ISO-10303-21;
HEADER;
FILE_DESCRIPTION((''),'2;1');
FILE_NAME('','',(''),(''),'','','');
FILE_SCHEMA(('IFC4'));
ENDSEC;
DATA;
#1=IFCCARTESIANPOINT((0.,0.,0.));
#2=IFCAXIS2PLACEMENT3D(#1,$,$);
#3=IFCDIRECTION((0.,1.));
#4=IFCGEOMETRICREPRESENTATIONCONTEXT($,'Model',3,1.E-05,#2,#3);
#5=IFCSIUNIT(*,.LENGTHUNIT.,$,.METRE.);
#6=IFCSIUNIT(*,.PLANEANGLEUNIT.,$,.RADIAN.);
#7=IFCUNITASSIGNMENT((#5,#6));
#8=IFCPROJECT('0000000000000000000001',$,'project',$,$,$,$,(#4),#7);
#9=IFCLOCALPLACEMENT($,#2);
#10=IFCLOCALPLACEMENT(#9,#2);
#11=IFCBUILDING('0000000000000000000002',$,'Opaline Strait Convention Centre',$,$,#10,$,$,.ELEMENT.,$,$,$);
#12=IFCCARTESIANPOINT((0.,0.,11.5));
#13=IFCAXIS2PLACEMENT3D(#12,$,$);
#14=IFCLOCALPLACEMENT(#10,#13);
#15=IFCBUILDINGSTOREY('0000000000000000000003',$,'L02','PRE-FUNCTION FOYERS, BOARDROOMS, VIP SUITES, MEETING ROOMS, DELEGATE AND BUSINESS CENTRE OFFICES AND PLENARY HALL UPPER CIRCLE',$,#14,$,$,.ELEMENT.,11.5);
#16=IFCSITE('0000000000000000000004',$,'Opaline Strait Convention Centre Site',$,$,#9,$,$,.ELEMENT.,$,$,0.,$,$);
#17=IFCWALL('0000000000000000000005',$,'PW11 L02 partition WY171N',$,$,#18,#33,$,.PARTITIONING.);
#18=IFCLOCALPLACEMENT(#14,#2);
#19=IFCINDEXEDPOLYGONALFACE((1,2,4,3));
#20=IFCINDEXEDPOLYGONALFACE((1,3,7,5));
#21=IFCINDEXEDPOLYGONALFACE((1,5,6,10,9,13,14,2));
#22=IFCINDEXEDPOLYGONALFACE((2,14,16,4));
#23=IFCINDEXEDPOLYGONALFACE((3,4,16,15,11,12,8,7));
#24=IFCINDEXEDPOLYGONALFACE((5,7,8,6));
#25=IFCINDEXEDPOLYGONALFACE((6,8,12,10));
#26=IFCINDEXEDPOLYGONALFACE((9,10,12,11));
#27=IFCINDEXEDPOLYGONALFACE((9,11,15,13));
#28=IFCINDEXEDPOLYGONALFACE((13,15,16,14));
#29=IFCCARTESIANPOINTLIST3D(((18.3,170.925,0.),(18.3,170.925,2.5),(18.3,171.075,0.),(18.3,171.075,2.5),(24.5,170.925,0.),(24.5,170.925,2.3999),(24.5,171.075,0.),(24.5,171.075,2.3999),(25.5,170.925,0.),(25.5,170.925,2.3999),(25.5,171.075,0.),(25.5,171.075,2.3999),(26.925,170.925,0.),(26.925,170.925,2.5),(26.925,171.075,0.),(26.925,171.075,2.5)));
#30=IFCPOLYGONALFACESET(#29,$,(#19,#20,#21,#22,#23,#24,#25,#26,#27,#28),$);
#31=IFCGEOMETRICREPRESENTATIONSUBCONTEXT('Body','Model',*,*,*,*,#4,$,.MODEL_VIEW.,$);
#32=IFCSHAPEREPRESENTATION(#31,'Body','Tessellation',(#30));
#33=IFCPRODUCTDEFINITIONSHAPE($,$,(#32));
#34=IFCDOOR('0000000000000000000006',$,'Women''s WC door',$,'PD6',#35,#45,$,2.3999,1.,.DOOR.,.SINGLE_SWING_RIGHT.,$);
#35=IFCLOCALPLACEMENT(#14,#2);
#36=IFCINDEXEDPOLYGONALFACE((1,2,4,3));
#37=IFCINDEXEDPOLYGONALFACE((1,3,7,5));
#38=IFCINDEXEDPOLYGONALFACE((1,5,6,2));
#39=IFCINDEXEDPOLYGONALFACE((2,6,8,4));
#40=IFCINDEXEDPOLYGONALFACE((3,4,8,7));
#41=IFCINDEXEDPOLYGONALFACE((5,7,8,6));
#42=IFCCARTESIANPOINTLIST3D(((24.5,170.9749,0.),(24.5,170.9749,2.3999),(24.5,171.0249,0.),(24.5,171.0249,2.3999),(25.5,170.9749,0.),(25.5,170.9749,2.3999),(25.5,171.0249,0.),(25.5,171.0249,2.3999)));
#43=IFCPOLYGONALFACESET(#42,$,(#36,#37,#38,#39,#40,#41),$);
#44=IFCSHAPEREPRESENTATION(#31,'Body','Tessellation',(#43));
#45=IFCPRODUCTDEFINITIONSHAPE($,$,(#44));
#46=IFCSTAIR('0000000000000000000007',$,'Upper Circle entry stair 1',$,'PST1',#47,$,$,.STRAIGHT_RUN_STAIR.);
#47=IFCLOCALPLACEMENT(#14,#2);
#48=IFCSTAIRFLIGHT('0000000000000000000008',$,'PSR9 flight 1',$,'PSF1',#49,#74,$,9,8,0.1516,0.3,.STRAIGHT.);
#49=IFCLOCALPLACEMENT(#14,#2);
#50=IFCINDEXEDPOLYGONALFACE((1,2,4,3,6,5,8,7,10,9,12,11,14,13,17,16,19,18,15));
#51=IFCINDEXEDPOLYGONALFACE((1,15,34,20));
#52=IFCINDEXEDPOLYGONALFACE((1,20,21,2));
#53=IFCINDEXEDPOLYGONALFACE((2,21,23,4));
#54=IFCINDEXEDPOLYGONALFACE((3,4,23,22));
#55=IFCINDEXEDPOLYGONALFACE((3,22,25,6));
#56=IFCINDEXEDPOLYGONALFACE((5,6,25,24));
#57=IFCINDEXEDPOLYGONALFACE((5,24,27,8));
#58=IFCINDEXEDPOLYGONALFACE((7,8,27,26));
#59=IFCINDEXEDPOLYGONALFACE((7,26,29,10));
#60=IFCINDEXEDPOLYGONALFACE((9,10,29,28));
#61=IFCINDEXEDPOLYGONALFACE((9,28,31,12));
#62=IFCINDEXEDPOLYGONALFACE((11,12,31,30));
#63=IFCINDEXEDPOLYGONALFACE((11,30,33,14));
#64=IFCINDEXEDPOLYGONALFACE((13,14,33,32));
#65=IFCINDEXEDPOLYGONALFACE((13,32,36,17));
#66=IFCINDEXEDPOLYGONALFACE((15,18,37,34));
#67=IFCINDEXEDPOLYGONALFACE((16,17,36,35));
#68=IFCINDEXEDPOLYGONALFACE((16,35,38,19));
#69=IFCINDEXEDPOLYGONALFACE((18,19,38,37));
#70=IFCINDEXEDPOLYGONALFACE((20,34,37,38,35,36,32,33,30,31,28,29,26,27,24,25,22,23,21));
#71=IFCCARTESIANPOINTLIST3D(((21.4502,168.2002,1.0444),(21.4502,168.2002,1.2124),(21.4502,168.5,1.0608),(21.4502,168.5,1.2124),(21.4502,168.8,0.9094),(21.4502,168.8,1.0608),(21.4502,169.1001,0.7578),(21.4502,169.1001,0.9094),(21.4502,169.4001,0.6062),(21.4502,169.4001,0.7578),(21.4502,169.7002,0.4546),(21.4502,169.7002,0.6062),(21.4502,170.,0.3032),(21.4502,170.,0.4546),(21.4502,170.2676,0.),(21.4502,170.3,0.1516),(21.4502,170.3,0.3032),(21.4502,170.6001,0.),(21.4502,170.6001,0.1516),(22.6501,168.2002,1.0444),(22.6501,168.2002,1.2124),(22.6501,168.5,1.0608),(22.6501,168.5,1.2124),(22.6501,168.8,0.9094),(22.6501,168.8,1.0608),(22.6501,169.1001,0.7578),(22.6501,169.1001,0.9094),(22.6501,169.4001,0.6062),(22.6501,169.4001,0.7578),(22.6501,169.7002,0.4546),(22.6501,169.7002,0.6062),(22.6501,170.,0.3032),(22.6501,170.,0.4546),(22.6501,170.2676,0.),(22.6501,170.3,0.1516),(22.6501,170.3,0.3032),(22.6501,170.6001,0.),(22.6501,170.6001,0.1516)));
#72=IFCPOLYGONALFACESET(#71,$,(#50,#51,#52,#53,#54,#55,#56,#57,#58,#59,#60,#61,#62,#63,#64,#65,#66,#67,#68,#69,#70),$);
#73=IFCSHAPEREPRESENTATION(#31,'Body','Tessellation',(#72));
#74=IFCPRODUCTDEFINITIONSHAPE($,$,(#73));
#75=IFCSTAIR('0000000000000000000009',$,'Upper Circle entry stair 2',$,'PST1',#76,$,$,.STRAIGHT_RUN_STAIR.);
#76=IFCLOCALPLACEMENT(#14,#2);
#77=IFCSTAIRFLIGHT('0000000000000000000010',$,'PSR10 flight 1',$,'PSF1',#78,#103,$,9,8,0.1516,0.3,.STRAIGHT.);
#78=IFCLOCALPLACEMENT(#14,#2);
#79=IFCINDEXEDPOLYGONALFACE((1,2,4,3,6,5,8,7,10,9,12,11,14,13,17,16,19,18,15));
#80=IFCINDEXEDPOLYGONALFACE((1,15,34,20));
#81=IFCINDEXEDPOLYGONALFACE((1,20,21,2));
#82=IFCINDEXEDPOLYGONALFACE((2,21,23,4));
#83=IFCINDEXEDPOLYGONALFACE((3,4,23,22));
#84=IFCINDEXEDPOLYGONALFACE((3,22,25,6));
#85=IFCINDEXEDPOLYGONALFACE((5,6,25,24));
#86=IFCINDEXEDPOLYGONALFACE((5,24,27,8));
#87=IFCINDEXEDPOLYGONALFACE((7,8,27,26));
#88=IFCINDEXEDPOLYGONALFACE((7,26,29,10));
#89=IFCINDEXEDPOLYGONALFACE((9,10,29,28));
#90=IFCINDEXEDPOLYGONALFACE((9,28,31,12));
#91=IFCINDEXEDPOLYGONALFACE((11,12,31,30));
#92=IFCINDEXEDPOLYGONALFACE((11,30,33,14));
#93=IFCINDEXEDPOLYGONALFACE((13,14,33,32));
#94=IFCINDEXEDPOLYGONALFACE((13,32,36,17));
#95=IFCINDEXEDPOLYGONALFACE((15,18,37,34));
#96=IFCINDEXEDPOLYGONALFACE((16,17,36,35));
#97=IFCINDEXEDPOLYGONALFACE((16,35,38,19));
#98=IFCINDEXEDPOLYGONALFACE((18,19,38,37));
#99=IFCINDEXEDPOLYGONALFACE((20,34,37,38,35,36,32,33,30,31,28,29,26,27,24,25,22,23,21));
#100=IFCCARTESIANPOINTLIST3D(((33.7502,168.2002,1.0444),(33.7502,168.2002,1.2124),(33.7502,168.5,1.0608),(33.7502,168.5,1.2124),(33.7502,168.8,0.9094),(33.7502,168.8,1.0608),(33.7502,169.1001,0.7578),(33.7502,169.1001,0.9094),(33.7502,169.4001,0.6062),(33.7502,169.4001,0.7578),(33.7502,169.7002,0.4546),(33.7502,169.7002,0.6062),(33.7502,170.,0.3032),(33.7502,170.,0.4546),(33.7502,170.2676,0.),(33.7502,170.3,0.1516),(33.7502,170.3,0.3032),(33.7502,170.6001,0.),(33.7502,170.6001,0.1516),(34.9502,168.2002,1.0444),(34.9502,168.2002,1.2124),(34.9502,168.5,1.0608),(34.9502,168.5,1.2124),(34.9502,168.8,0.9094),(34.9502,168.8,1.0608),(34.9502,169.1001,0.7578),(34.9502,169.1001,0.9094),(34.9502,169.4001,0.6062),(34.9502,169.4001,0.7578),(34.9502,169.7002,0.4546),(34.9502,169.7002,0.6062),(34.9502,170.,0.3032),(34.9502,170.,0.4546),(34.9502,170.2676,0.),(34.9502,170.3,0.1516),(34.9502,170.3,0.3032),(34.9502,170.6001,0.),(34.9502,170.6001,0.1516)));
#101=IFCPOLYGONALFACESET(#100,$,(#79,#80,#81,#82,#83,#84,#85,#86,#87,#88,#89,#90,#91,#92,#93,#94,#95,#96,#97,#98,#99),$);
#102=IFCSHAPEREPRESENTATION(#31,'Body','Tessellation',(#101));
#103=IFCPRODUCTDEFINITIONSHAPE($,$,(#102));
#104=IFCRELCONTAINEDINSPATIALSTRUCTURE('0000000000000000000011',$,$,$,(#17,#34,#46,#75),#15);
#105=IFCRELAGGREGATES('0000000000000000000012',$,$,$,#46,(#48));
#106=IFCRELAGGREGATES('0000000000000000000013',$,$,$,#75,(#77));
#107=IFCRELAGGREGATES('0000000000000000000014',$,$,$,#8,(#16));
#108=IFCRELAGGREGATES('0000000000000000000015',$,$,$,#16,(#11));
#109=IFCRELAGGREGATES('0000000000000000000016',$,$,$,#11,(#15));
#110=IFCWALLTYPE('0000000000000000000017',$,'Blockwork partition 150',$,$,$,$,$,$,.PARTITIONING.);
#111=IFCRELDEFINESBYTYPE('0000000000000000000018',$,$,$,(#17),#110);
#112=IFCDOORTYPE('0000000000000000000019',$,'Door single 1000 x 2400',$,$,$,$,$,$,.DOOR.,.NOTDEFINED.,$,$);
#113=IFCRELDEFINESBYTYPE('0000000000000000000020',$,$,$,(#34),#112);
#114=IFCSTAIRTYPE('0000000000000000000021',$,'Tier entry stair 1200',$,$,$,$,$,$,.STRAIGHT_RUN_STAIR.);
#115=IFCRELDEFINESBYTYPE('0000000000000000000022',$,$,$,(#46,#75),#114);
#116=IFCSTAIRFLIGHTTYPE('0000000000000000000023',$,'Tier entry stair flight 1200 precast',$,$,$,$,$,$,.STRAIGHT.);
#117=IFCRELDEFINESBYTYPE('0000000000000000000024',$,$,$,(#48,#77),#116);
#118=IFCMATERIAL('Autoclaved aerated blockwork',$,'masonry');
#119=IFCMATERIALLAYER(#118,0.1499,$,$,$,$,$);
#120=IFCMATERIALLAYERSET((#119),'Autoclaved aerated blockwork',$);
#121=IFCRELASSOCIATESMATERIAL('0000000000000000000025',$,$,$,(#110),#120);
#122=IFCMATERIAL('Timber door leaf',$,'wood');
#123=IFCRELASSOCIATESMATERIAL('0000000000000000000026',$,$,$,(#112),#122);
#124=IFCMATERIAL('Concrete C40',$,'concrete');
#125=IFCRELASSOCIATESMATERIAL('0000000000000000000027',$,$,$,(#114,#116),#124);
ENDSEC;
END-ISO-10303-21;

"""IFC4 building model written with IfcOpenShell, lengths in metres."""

from ifc_helpers import new_model, si_unit, direction, frame, frame_2d, origin, place, context, subcontext, project, spatial, polyline, rectangle, outline, extrude, material, layer, layer_set, type_object, element, fill, aggregate, save


model = new_model("IFC4")

# Units and contexts
model_context = context("Model", 3, precision=1e-05, world=origin(), true_north=direction((0.0, 1.0)))
body_context = subcontext(model_context, "Body", "Model", "MODEL_VIEW")
ifc_project = project(units=[si_unit("LENGTHUNIT", "METRE"), si_unit("PLANEANGLEUNIT", "RADIAN")], contexts=[model_context])

# Site, building, storey
site_placement = place(None, origin())
site = spatial("IfcSite", under=ifc_project, at=site_placement, Name="Opaline Strait Convention Centre Site", CompositionType="ELEMENT", RefElevation=0.0)
building_placement = place(site_placement, origin())
building = spatial("IfcBuilding", under=site, at=building_placement, Name="Opaline Strait Convention Centre", CompositionType="ELEMENT")
storey_placement = place(building_placement, frame((0.0, 0.0, 11.5)))
storey = spatial("IfcBuildingStorey", under=building, at=storey_placement, Name="L02", Description="PRE-FUNCTION FOYERS, BOARDROOMS, VIP SUITES, MEETING ROOMS, DELEGATE AND BUSINESS CENTRE OFFICES AND PLENARY HALL UPPER CIRCLE", CompositionType="ELEMENT", Elevation=11.5)

# Shared definitions
ifc_material_1 = material(Name="Timber door leaf", Category="wood")

# Wall, opening, door
ifc_material_2 = material(Name="Autoclaved aerated blockwork", Category="masonry")
ifc_layer_1 = layer(ifc_material_2, 0.1499)
ifc_layer_set_1 = layer_set([ifc_layer_1], Name="Autoclaved aerated blockwork")
wall_type_1 = type_object("IfcWallType", Name="Blockwork partition 150", PredefinedType="PARTITIONING", material=ifc_layer_set_1)
door_type_1 = type_object("IfcDoorType", Name="Door single 1000 x 2400", OperationType="NOTDEFINED", PredefinedType="DOOR", material=ifc_material_1)
wall_1_placement = place(storey_placement, frame((18.3, 171.0, 0.0), z_axis=(0.0, 0.0, 1.0), x_axis=(1.0, 0.0, 0.0)))
wall_1 = element("IfcWall", 1, at=wall_1_placement, inside=storey, type_object=wall_type_1, Name="PW11 L02 partition WY171N", PredefinedType="PARTITIONING", context=body_context, shape_type="SweptSolid", body=[
    extrude(rectangle(XDim=8.625, YDim=0.1499, at=frame_2d((4.3125, 0.0))), origin(), (0.0, 0.0, 1.0), 2.5),
])
opening_1_placement = place(wall_1_placement, frame((6.2, 0.0, 0.0)))
opening_1 = element("IfcOpeningElement", 2, at=opening_1_placement, cuts=wall_1, PredefinedType="OPENING", context=body_context, shape_type="SweptSolid", body=[
    extrude(rectangle(XDim=1.0, YDim=2.3999, at=frame_2d((0.5, 1.2))), frame((0.0, 0.085, 0.0), z_axis=(0.0, -1.0, 0.0), x_axis=(1.0, 0.0, 0.0)), (0.0, 0.0, 1.0), 0.1699),
])
door_1_placement = place(opening_1_placement, origin())
door_1 = element("IfcDoor", 3, at=door_1_placement, inside=storey, type_object=door_type_1, Name="Women's WC door", ObjectType="PD6", OperationType="SINGLE_SWING_RIGHT", OverallHeight=2.3999, OverallWidth=1.0, PredefinedType="DOOR", context=body_context, shape_type="SweptSolid", body=[
    extrude(rectangle(XDim=1.0, YDim=2.3999, at=frame_2d((0.5, 1.2))), frame((0.0, 0.0249, 0.0), z_axis=(0.0, -1.0, 0.0), x_axis=(1.0, 0.0, 0.0)), (0.0, 0.0, 1.0), 0.05),
])
fill(opening_1, door_1)

# Stairs, stair flights
ifc_material_3 = material(Name="Concrete C40", Category="concrete")
stair_type = type_object("IfcStairType", Name="Tier entry stair 1200", PredefinedType="STRAIGHT_RUN_STAIR", material=ifc_material_3)
stair_1_placement = place(storey_placement, origin())
stair_1 = element("IfcStair", 4, at=stair_1_placement, inside=storey, type_object=stair_type, Name="Upper Circle entry stair 1", ObjectType="PST1", PredefinedType="STRAIGHT_RUN_STAIR")
stair_flight_type = type_object("IfcStairFlightType", Name="Tier entry stair flight 1200 precast", PredefinedType="STRAIGHT", material=ifc_material_3)
stair_flight_1_placement = place(storey_placement, frame((22.05, 170.6001, 0.0), z_axis=(0.0, 0.0, 1.0), x_axis=(0.0, -1.0, 0.0)))
stair_flight_1 = element("IfcStairFlight", 5, at=stair_flight_1_placement, type_object=stair_flight_type, Name="PSR9 flight 1", ObjectType="PSF1", NumberOfRisers=9, NumberOfTreads=8, PredefinedType="STRAIGHT", RiserHeight=0.1516, TreadLength=0.3, context=body_context, shape_type="SweptSolid", body=[
    extrude(outline(polyline([(0.0, 0.0), (0.0, 0.1516), (0.3, 0.1516), (0.3, 0.3032), (0.6001, 0.3032), (0.6001, 0.4546), (0.8999, 0.4546), (0.8999, 0.6062), (1.2, 0.6062), (1.2, 0.7578), (1.5, 0.7578), (1.5, 0.9094), (1.8, 0.9094), (1.8, 1.0608), (2.1001, 1.0608), (2.1001, 1.2124), (2.3999, 1.2124), (2.3999, 1.364), (2.3999, 1.0444), (0.3325, 0.0), (0.0, 0.0)])), frame((0.0, 0.6001, 0.0), z_axis=(0.0, -1.0, 0.0), x_axis=(1.0, 0.0, 0.0)), (0.0, 0.0, 1.0), 1.2),
])
aggregate(stair_1, [stair_flight_1])
stair_2_placement = place(storey_placement, origin())
stair_2 = element("IfcStair", 6, at=stair_2_placement, inside=storey, type_object=stair_type, Name="Upper Circle entry stair 2", ObjectType="PST1", PredefinedType="STRAIGHT_RUN_STAIR")
stair_flight_2_placement = place(storey_placement, frame((34.3501, 170.6001, 0.0), z_axis=(0.0, 0.0, 1.0), x_axis=(0.0, -1.0, 0.0)))
stair_flight_2 = element("IfcStairFlight", 7, at=stair_flight_2_placement, type_object=stair_flight_type, Name="PSR10 flight 1", ObjectType="PSF1", NumberOfRisers=9, NumberOfTreads=8, PredefinedType="STRAIGHT", RiserHeight=0.1516, TreadLength=0.3, context=body_context, shape_type="SweptSolid", body=[
    extrude(outline(polyline([(0.0, 0.0), (0.0, 0.1516), (0.3, 0.1516), (0.3, 0.3032), (0.6001, 0.3032), (0.6001, 0.4546), (0.8999, 0.4546), (0.8999, 0.6062), (1.2, 0.6062), (1.2, 0.7578), (1.5, 0.7578), (1.5, 0.9094), (1.8, 0.9094), (1.8, 1.0608), (2.1001, 1.0608), (2.1001, 1.2124), (2.3999, 1.2124), (2.3999, 1.364), (2.3999, 1.0444), (0.3325, 0.0), (0.0, 0.0)])), frame((0.0, 0.6001, 0.0), z_axis=(0.0, -1.0, 0.0), x_axis=(1.0, 0.0, 0.0)), (0.0, 0.0, 1.0), 1.2),
])
aggregate(stair_2, [stair_flight_2])

save(model, "model.ifc")
